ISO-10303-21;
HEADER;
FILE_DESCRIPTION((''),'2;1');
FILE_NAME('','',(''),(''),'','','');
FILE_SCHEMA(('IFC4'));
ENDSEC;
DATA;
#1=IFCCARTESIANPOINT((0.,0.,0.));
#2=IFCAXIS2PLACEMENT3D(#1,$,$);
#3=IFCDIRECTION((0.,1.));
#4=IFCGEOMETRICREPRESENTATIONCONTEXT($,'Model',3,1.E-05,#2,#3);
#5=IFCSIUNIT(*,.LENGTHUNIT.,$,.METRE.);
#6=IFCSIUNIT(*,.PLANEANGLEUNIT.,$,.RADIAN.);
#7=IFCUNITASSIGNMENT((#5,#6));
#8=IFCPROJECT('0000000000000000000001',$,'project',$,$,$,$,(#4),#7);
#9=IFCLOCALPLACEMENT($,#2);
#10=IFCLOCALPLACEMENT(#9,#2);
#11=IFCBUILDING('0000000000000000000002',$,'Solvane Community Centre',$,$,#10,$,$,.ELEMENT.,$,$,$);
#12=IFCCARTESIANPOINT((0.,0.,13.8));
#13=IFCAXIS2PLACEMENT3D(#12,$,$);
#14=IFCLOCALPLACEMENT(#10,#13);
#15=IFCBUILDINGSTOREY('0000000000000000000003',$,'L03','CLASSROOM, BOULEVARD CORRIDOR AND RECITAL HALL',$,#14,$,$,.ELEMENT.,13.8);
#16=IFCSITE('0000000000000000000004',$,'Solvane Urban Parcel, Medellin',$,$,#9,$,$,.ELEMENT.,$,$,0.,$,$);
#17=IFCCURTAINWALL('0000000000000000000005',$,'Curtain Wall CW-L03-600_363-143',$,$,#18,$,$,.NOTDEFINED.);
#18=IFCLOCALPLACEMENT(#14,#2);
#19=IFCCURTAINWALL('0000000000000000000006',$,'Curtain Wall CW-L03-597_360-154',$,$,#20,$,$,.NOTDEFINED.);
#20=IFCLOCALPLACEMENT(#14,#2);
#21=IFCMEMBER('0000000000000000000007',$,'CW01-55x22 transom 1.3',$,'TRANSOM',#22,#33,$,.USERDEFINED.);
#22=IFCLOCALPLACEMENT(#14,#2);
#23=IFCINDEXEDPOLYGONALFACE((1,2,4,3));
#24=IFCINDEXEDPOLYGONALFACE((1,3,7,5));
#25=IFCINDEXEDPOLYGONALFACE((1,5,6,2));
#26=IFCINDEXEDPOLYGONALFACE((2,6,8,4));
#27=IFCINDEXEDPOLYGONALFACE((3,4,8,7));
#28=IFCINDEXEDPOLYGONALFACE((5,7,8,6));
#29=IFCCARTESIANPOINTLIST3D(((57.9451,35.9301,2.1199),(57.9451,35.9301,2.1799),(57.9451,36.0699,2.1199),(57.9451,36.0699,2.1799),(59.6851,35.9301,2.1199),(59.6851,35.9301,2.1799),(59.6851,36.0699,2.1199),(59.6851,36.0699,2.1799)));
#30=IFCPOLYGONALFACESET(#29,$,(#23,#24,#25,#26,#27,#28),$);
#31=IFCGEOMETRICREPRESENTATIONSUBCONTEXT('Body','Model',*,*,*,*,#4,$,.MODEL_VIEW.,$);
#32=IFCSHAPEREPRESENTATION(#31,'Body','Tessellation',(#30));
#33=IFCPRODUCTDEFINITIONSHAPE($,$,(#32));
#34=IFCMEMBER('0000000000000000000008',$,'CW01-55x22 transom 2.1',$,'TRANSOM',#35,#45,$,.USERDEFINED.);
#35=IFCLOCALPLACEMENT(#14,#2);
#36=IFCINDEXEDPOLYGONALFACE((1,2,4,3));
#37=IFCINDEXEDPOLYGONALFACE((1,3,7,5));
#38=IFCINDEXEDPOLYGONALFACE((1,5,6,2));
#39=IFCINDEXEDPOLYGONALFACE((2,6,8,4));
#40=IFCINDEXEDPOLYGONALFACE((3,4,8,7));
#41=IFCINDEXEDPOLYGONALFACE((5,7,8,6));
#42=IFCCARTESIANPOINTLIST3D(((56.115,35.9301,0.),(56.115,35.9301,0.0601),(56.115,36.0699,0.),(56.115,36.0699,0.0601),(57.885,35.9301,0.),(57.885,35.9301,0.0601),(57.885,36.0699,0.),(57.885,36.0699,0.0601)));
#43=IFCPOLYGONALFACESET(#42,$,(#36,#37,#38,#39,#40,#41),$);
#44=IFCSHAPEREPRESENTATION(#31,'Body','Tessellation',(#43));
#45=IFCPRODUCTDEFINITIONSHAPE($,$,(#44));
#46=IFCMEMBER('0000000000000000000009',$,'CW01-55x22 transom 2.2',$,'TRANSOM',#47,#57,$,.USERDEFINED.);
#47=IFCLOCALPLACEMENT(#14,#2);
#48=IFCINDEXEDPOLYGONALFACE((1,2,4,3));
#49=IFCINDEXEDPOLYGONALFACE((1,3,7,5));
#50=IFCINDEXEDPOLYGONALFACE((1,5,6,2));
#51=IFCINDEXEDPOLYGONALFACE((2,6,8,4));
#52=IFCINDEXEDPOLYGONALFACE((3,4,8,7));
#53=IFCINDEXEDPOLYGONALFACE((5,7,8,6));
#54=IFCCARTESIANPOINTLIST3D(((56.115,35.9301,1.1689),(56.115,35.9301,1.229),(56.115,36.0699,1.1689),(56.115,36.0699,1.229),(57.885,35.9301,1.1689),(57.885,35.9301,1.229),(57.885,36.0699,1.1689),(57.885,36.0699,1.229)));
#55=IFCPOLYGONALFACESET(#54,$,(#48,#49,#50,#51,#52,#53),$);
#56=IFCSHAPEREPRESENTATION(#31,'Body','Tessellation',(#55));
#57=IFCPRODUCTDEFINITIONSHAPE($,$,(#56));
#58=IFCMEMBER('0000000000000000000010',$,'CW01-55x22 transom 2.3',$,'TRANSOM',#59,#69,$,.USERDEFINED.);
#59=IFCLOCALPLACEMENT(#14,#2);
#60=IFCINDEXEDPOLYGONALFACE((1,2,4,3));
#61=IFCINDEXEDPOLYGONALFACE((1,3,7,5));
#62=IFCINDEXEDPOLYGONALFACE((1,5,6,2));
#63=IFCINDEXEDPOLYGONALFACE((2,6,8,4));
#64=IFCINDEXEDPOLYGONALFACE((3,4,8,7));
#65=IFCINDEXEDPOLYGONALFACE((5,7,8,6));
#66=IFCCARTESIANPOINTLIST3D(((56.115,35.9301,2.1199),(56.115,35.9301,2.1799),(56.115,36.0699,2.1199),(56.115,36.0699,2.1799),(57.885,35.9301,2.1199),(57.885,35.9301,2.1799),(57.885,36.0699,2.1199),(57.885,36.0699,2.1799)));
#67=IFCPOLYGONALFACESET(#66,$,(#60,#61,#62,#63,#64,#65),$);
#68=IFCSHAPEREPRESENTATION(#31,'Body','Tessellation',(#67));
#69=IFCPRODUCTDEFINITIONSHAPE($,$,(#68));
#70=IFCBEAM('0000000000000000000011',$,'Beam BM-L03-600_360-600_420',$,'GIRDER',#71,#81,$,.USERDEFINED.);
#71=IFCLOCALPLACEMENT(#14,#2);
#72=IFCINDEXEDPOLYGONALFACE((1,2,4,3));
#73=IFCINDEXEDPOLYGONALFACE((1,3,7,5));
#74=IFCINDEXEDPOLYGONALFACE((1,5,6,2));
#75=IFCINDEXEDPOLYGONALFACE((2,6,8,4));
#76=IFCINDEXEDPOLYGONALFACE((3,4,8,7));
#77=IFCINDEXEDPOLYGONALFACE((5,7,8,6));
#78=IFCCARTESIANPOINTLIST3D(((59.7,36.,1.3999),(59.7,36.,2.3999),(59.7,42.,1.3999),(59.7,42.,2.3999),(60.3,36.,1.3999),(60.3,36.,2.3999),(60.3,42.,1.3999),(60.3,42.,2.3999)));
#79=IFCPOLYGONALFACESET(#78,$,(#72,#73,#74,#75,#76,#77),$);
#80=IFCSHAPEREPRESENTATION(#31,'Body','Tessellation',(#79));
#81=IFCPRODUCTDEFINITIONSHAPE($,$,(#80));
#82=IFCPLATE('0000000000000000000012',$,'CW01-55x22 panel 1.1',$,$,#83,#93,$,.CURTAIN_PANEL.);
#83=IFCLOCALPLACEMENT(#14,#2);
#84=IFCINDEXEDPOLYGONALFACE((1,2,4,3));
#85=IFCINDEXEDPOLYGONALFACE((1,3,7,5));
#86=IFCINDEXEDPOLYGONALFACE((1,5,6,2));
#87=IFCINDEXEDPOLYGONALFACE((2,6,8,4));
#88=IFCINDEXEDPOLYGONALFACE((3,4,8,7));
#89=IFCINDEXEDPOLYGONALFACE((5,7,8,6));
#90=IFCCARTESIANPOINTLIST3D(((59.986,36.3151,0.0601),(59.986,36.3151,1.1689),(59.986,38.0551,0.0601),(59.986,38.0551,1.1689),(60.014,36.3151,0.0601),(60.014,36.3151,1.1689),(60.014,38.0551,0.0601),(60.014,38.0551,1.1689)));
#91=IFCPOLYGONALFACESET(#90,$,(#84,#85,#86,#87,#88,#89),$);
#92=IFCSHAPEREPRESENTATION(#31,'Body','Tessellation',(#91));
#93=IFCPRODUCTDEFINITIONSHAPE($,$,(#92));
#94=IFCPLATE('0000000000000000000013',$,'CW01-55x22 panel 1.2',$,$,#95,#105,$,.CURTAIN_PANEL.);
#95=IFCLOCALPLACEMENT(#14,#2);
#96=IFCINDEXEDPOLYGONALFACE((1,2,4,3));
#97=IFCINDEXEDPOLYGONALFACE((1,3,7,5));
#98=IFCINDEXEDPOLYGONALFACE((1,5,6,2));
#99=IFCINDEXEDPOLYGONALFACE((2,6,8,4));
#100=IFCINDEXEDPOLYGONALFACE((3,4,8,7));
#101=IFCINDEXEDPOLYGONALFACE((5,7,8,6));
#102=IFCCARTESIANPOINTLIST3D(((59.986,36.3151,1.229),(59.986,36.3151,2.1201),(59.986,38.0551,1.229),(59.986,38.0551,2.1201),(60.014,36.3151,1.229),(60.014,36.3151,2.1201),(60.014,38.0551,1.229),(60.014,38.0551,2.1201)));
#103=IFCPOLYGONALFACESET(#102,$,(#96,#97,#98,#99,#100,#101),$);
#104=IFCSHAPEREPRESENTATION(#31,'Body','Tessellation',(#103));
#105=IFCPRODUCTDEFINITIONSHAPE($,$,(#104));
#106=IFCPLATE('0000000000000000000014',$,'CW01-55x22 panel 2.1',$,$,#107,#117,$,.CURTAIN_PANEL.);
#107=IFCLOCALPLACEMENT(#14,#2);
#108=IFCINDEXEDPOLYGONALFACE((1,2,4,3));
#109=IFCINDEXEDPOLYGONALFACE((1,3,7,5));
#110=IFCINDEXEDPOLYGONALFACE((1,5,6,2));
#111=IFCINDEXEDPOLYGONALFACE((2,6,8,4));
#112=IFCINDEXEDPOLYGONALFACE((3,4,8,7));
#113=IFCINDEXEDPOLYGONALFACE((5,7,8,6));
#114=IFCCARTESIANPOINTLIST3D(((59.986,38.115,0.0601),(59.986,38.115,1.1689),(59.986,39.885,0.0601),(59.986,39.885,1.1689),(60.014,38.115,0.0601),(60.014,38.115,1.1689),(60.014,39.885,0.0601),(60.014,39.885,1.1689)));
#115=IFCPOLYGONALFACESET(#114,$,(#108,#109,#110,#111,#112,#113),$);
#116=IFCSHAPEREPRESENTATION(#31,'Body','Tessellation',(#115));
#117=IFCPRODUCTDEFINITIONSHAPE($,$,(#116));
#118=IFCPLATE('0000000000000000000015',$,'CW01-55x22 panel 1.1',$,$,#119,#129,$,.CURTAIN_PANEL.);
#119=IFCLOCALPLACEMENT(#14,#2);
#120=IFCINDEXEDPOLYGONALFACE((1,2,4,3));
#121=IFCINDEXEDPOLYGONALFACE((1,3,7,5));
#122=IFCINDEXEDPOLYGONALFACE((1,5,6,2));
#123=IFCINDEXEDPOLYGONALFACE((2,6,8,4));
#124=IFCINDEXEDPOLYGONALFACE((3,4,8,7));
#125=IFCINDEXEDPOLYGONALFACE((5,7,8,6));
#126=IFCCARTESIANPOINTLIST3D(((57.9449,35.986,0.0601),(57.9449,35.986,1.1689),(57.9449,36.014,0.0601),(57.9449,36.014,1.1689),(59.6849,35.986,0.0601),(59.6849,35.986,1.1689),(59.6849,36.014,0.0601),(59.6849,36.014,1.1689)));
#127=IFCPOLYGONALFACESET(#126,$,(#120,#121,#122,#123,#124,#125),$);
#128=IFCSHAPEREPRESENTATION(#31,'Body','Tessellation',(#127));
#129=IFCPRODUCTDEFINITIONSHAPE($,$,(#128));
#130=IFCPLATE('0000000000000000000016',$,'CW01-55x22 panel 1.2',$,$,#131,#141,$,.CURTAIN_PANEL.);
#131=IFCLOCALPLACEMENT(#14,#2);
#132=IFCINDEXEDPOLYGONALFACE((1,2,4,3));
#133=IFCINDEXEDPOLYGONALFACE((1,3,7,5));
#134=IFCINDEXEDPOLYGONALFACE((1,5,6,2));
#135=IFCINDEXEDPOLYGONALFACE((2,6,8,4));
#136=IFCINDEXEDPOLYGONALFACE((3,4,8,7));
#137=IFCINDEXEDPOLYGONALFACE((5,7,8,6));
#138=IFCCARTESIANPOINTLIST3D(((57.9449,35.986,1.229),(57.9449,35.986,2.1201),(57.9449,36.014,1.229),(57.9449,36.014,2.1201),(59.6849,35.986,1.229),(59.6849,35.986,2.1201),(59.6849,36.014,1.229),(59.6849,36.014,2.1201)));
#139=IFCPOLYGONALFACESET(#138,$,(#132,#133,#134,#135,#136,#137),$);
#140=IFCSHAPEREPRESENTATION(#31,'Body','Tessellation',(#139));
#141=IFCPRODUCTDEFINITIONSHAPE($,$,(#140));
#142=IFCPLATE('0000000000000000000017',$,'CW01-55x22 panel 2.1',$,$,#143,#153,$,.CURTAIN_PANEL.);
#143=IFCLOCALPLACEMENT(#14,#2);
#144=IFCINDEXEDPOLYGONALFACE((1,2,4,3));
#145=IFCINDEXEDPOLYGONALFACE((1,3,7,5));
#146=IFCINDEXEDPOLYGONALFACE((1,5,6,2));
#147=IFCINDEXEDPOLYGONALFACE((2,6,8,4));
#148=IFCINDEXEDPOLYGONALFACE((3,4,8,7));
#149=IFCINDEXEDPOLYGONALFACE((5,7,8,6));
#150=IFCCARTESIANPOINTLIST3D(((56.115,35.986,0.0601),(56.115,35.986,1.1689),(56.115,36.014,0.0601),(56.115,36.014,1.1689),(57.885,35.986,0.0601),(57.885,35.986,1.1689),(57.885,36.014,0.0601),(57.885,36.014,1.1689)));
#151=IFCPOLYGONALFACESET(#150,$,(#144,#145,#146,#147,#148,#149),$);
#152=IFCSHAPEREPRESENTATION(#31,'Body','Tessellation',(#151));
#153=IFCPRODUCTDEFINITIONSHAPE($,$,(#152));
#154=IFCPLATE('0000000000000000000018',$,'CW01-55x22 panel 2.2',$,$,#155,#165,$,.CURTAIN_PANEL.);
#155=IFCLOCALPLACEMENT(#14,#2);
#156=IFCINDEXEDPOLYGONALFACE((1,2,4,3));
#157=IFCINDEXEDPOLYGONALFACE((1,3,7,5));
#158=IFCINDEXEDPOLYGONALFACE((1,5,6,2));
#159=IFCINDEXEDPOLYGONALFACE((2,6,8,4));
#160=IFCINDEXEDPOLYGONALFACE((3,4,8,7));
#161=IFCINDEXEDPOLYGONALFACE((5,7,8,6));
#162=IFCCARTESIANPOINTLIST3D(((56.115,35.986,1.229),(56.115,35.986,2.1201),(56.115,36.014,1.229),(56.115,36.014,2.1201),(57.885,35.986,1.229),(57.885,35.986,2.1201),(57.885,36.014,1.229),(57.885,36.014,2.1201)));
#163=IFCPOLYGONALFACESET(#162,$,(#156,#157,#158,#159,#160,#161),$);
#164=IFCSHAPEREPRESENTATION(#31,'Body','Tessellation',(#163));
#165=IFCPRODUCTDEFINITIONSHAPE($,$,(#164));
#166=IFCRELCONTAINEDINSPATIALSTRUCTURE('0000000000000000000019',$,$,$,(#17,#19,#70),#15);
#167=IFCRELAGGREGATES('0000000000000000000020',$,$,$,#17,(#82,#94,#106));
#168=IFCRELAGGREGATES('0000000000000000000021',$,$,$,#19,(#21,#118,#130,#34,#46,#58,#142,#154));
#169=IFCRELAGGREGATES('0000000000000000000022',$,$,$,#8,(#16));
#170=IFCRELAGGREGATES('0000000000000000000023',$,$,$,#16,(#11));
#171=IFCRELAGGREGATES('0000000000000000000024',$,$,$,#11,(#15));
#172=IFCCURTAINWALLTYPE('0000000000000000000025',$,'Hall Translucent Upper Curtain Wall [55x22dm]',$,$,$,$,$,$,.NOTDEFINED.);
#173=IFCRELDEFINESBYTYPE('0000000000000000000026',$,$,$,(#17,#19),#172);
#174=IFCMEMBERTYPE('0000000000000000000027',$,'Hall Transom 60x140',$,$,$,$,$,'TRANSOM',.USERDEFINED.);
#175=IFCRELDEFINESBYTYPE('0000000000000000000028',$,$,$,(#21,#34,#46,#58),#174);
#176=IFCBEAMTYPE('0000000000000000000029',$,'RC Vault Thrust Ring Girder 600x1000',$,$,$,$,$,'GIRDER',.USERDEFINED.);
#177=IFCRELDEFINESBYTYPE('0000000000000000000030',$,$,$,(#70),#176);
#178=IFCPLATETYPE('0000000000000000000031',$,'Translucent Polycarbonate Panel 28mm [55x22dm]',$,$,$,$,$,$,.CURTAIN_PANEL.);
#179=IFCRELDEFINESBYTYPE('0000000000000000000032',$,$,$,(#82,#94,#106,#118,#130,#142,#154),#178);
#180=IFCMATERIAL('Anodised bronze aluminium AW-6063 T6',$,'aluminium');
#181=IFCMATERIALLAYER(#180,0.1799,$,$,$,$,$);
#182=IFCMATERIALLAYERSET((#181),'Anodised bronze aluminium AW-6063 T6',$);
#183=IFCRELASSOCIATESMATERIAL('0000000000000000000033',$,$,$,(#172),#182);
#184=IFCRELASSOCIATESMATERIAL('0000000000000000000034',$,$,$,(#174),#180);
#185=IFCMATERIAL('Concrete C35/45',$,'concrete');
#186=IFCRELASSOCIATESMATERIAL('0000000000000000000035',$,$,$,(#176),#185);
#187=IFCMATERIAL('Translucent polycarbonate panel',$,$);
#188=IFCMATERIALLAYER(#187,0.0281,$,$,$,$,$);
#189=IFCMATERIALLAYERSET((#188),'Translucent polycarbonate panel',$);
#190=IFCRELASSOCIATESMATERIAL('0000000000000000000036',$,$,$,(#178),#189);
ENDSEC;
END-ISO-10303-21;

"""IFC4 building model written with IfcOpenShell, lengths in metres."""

from ifc_helpers import new_model, si_unit, direction, frame, origin, origin_2d, place, context, subcontext, project, spatial, rectangle, extrude, material, layer, layer_set, material_profile, profile_set, type_object, element, aggregate, save


model = new_model("IFC4")

# Units and contexts
model_context = context("Model", 3, precision=1e-05, world=origin(), true_north=direction((0.0, 1.0)))
body_context = subcontext(model_context, "Body", "Model", "MODEL_VIEW")
ifc_project = project(units=[si_unit("LENGTHUNIT", "METRE"), si_unit("PLANEANGLEUNIT", "RADIAN")], contexts=[model_context])

# Site, building, storey
site_placement = place(None, origin())
site = spatial("IfcSite", under=ifc_project, at=site_placement, Name="Solvane Urban Parcel, Medellin", CompositionType="ELEMENT", RefElevation=0.0)
building_placement = place(site_placement, origin())
building = spatial("IfcBuilding", under=site, at=building_placement, Name="Solvane Community Centre", CompositionType="ELEMENT")
storey_placement = place(building_placement, frame((0.0, 0.0, 13.8)))
storey = spatial("IfcBuildingStorey", under=building, at=storey_placement, Name="L03", Description="CLASSROOM, BOULEVARD CORRIDOR AND RECITAL HALL", CompositionType="ELEMENT", Elevation=13.8)

# Curtain walls
ifc_material_1 = material(Name="Anodised bronze aluminium AW-6063 T6", Category="aluminium")
ifc_layer_1 = layer(ifc_material_1, 0.1799)
ifc_layer_set_1 = layer_set([ifc_layer_1], Name="Anodised bronze aluminium AW-6063 T6")
curtain_wall_type = type_object("IfcCurtainWallType", Name="Hall Translucent Upper Curtain Wall [55x22dm]", PredefinedType="NOTDEFINED", material=ifc_layer_set_1)
curtain_wall_1_placement = place(storey_placement, origin())
curtain_wall_1 = element("IfcCurtainWall", 1, at=curtain_wall_1_placement, inside=storey, type_object=curtain_wall_type, Name="Curtain Wall CW-L03-600_363-143", PredefinedType="NOTDEFINED")
curtain_wall_2_placement = place(storey_placement, origin())
curtain_wall_2 = element("IfcCurtainWall", 2, at=curtain_wall_2_placement, inside=storey, type_object=curtain_wall_type, Name="Curtain Wall CW-L03-597_360-154", PredefinedType="NOTDEFINED")

# Members
ifc_material_profile_1 = material_profile(ifc_material_1, rectangle(XDim=0.1399, YDim=0.0601, at=origin_2d()), Name="CW-T 60x140")
ifc_profile_set_1 = profile_set([ifc_material_profile_1], Name="Anodised bronze aluminium AW-6063 T6")
member_type_1 = type_object("IfcMemberType", Name="Hall Transom 60x140", ElementType="TRANSOM", PredefinedType="USERDEFINED", material=ifc_profile_set_1)
member_1_placement = place(storey_placement, frame((59.6851, 36.0, 2.1499), z_axis=(-1.0, 0.0, 0.0), x_axis=(0.0, -1.0, 0.0)))
member_1 = element("IfcMember", 3, at=member_1_placement, type_object=member_type_1, Name="CW01-55x22 transom 1.3", ObjectType="TRANSOM", PredefinedType="USERDEFINED", context=body_context, shape_type="SweptSolid", body=[
    extrude(rectangle(XDim=0.1399, YDim=0.0601, at=origin_2d()), origin(), (0.0, 0.0, 1.0), 1.74),
])
member_2_placement = place(storey_placement, frame((57.885, 36.0, 0.03), z_axis=(-1.0, 0.0, 0.0), x_axis=(0.0, -1.0, 0.0)))
member_2 = element("IfcMember", 4, at=member_2_placement, type_object=member_type_1, Name="CW01-55x22 transom 2.1", ObjectType="TRANSOM", PredefinedType="USERDEFINED", context=body_context, shape_type="SweptSolid", body=[
    extrude(rectangle(XDim=0.1399, YDim=0.0601, at=origin_2d()), origin(), (0.0, 0.0, 1.0), 1.77),
])
member_3_placement = place(storey_placement, frame((57.885, 36.0, 1.199), z_axis=(-1.0, 0.0, 0.0), x_axis=(0.0, -1.0, 0.0)))
member_3 = element("IfcMember", 5, at=member_3_placement, type_object=member_type_1, Name="CW01-55x22 transom 2.2", ObjectType="TRANSOM", PredefinedType="USERDEFINED", context=body_context, shape_type="SweptSolid", body=[
    extrude(rectangle(XDim=0.1399, YDim=0.0601, at=origin_2d()), origin(), (0.0, 0.0, 1.0), 1.77),
])
member_4_placement = place(storey_placement, frame((57.885, 36.0, 2.1499), z_axis=(-1.0, 0.0, 0.0), x_axis=(0.0, -1.0, 0.0)))
member_4 = element("IfcMember", 6, at=member_4_placement, type_object=member_type_1, Name="CW01-55x22 transom 2.3", ObjectType="TRANSOM", PredefinedType="USERDEFINED", context=body_context, shape_type="SweptSolid", body=[
    extrude(rectangle(XDim=0.1399, YDim=0.0601, at=origin_2d()), origin(), (0.0, 0.0, 1.0), 1.77),
])

# Beam
ifc_material_2 = material(Name="Concrete C35/45", Category="concrete")
ifc_material_profile_2 = material_profile(ifc_material_2, rectangle(XDim=0.6001, YDim=1.0, at=origin_2d()), Name="RC 600x1000")
ifc_profile_set_2 = profile_set([ifc_material_profile_2], Name="Concrete C35/45")
beam_type = type_object("IfcBeamType", Name="RC Vault Thrust Ring Girder 600x1000", ElementType="GIRDER", PredefinedType="USERDEFINED", material=ifc_profile_set_2)
beam_placement = place(storey_placement, frame((60.0, 36.0, 1.8999), z_axis=(0.0, 1.0, 0.0), x_axis=(-1.0, 0.0, 0.0)))
element("IfcBeam", 7, at=beam_placement, inside=storey, type_object=beam_type, Name="Beam BM-L03-600_360-600_420", ObjectType="GIRDER", PredefinedType="USERDEFINED", context=body_context, shape_type="SweptSolid", body=[
    extrude(rectangle(XDim=0.6001, YDim=1.0, at=origin_2d()), origin(), (0.0, 0.0, 1.0), 6.0),
])

# Plates
ifc_material_3 = material(Name="Translucent polycarbonate panel")
ifc_layer_2 = layer(ifc_material_3, 0.0281)
ifc_layer_set_2 = layer_set([ifc_layer_2], Name="Translucent polycarbonate panel")
plate_type = type_object("IfcPlateType", Name="Translucent Polycarbonate Panel 28mm [55x22dm]", PredefinedType="CURTAIN_PANEL", material=ifc_layer_set_2)
plate_1_placement = place(storey_placement, frame((60.0, 37.1851, 0.0601), z_axis=(0.0, 0.0, 1.0), x_axis=(0.0, 1.0, 0.0)))
plate_1 = element("IfcPlate", 8, at=plate_1_placement, type_object=plate_type, Name="CW01-55x22 panel 1.1", PredefinedType="CURTAIN_PANEL", context=body_context, shape_type="SweptSolid", body=[
    extrude(rectangle(XDim=1.74, YDim=0.0281, at=origin_2d()), origin(), (0.0, 0.0, 1.0), 1.1089),
])
plate_2_placement = place(storey_placement, frame((60.0, 37.1851, 1.229), z_axis=(0.0, 0.0, 1.0), x_axis=(0.0, 1.0, 0.0)))
plate_2 = element("IfcPlate", 9, at=plate_2_placement, type_object=plate_type, Name="CW01-55x22 panel 1.2", PredefinedType="CURTAIN_PANEL", context=body_context, shape_type="SweptSolid", body=[
    extrude(rectangle(XDim=1.74, YDim=0.0281, at=origin_2d()), origin(), (0.0, 0.0, 1.0), 0.8911),
])
plate_3_placement = place(storey_placement, frame((60.0, 39.0, 0.0601), z_axis=(0.0, 0.0, 1.0), x_axis=(0.0, 1.0, 0.0)))
plate_3 = element("IfcPlate", 10, at=plate_3_placement, type_object=plate_type, Name="CW01-55x22 panel 2.1", PredefinedType="CURTAIN_PANEL", context=body_context, shape_type="SweptSolid", body=[
    extrude(rectangle(XDim=1.77, YDim=0.0281, at=origin_2d()), origin(), (0.0, 0.0, 1.0), 1.1089),
])
aggregate(curtain_wall_1, [plate_1, plate_2, plate_3])
plate_4_placement = place(storey_placement, frame((58.8149, 36.0, 0.0601), z_axis=(0.0, 0.0, 1.0), x_axis=(-1.0, 0.0, 0.0)))
plate_4 = element("IfcPlate", 11, at=plate_4_placement, type_object=plate_type, Name="CW01-55x22 panel 1.1", PredefinedType="CURTAIN_PANEL", context=body_context, shape_type="SweptSolid", body=[
    extrude(rectangle(XDim=1.74, YDim=0.0281, at=origin_2d()), origin(), (0.0, 0.0, 1.0), 1.1089),
])
plate_5_placement = place(storey_placement, frame((58.8149, 36.0, 1.229), z_axis=(0.0, 0.0, 1.0), x_axis=(-1.0, 0.0, 0.0)))
plate_5 = element("IfcPlate", 12, at=plate_5_placement, type_object=plate_type, Name="CW01-55x22 panel 1.2", PredefinedType="CURTAIN_PANEL", context=body_context, shape_type="SweptSolid", body=[
    extrude(rectangle(XDim=1.74, YDim=0.0281, at=origin_2d()), origin(), (0.0, 0.0, 1.0), 0.8911),
])
plate_6_placement = place(storey_placement, frame((57.0, 36.0, 0.0601), z_axis=(0.0, 0.0, 1.0), x_axis=(-1.0, 0.0, 0.0)))
plate_6 = element("IfcPlate", 13, at=plate_6_placement, type_object=plate_type, Name="CW01-55x22 panel 2.1", PredefinedType="CURTAIN_PANEL", context=body_context, shape_type="SweptSolid", body=[
    extrude(rectangle(XDim=1.77, YDim=0.0281, at=origin_2d()), origin(), (0.0, 0.0, 1.0), 1.1089),
])
plate_7_placement = place(storey_placement, frame((57.0, 36.0, 1.229), z_axis=(0.0, 0.0, 1.0), x_axis=(-1.0, 0.0, 0.0)))
plate_7 = element("IfcPlate", 14, at=plate_7_placement, type_object=plate_type, Name="CW01-55x22 panel 2.2", PredefinedType="CURTAIN_PANEL", context=body_context, shape_type="SweptSolid", body=[
    extrude(rectangle(XDim=1.77, YDim=0.0281, at=origin_2d()), origin(), (0.0, 0.0, 1.0), 0.8911),
])
aggregate(curtain_wall_2, [member_1, plate_4, plate_5, member_2, member_3, member_4, plate_6, plate_7])

save(model, "model.ifc")
